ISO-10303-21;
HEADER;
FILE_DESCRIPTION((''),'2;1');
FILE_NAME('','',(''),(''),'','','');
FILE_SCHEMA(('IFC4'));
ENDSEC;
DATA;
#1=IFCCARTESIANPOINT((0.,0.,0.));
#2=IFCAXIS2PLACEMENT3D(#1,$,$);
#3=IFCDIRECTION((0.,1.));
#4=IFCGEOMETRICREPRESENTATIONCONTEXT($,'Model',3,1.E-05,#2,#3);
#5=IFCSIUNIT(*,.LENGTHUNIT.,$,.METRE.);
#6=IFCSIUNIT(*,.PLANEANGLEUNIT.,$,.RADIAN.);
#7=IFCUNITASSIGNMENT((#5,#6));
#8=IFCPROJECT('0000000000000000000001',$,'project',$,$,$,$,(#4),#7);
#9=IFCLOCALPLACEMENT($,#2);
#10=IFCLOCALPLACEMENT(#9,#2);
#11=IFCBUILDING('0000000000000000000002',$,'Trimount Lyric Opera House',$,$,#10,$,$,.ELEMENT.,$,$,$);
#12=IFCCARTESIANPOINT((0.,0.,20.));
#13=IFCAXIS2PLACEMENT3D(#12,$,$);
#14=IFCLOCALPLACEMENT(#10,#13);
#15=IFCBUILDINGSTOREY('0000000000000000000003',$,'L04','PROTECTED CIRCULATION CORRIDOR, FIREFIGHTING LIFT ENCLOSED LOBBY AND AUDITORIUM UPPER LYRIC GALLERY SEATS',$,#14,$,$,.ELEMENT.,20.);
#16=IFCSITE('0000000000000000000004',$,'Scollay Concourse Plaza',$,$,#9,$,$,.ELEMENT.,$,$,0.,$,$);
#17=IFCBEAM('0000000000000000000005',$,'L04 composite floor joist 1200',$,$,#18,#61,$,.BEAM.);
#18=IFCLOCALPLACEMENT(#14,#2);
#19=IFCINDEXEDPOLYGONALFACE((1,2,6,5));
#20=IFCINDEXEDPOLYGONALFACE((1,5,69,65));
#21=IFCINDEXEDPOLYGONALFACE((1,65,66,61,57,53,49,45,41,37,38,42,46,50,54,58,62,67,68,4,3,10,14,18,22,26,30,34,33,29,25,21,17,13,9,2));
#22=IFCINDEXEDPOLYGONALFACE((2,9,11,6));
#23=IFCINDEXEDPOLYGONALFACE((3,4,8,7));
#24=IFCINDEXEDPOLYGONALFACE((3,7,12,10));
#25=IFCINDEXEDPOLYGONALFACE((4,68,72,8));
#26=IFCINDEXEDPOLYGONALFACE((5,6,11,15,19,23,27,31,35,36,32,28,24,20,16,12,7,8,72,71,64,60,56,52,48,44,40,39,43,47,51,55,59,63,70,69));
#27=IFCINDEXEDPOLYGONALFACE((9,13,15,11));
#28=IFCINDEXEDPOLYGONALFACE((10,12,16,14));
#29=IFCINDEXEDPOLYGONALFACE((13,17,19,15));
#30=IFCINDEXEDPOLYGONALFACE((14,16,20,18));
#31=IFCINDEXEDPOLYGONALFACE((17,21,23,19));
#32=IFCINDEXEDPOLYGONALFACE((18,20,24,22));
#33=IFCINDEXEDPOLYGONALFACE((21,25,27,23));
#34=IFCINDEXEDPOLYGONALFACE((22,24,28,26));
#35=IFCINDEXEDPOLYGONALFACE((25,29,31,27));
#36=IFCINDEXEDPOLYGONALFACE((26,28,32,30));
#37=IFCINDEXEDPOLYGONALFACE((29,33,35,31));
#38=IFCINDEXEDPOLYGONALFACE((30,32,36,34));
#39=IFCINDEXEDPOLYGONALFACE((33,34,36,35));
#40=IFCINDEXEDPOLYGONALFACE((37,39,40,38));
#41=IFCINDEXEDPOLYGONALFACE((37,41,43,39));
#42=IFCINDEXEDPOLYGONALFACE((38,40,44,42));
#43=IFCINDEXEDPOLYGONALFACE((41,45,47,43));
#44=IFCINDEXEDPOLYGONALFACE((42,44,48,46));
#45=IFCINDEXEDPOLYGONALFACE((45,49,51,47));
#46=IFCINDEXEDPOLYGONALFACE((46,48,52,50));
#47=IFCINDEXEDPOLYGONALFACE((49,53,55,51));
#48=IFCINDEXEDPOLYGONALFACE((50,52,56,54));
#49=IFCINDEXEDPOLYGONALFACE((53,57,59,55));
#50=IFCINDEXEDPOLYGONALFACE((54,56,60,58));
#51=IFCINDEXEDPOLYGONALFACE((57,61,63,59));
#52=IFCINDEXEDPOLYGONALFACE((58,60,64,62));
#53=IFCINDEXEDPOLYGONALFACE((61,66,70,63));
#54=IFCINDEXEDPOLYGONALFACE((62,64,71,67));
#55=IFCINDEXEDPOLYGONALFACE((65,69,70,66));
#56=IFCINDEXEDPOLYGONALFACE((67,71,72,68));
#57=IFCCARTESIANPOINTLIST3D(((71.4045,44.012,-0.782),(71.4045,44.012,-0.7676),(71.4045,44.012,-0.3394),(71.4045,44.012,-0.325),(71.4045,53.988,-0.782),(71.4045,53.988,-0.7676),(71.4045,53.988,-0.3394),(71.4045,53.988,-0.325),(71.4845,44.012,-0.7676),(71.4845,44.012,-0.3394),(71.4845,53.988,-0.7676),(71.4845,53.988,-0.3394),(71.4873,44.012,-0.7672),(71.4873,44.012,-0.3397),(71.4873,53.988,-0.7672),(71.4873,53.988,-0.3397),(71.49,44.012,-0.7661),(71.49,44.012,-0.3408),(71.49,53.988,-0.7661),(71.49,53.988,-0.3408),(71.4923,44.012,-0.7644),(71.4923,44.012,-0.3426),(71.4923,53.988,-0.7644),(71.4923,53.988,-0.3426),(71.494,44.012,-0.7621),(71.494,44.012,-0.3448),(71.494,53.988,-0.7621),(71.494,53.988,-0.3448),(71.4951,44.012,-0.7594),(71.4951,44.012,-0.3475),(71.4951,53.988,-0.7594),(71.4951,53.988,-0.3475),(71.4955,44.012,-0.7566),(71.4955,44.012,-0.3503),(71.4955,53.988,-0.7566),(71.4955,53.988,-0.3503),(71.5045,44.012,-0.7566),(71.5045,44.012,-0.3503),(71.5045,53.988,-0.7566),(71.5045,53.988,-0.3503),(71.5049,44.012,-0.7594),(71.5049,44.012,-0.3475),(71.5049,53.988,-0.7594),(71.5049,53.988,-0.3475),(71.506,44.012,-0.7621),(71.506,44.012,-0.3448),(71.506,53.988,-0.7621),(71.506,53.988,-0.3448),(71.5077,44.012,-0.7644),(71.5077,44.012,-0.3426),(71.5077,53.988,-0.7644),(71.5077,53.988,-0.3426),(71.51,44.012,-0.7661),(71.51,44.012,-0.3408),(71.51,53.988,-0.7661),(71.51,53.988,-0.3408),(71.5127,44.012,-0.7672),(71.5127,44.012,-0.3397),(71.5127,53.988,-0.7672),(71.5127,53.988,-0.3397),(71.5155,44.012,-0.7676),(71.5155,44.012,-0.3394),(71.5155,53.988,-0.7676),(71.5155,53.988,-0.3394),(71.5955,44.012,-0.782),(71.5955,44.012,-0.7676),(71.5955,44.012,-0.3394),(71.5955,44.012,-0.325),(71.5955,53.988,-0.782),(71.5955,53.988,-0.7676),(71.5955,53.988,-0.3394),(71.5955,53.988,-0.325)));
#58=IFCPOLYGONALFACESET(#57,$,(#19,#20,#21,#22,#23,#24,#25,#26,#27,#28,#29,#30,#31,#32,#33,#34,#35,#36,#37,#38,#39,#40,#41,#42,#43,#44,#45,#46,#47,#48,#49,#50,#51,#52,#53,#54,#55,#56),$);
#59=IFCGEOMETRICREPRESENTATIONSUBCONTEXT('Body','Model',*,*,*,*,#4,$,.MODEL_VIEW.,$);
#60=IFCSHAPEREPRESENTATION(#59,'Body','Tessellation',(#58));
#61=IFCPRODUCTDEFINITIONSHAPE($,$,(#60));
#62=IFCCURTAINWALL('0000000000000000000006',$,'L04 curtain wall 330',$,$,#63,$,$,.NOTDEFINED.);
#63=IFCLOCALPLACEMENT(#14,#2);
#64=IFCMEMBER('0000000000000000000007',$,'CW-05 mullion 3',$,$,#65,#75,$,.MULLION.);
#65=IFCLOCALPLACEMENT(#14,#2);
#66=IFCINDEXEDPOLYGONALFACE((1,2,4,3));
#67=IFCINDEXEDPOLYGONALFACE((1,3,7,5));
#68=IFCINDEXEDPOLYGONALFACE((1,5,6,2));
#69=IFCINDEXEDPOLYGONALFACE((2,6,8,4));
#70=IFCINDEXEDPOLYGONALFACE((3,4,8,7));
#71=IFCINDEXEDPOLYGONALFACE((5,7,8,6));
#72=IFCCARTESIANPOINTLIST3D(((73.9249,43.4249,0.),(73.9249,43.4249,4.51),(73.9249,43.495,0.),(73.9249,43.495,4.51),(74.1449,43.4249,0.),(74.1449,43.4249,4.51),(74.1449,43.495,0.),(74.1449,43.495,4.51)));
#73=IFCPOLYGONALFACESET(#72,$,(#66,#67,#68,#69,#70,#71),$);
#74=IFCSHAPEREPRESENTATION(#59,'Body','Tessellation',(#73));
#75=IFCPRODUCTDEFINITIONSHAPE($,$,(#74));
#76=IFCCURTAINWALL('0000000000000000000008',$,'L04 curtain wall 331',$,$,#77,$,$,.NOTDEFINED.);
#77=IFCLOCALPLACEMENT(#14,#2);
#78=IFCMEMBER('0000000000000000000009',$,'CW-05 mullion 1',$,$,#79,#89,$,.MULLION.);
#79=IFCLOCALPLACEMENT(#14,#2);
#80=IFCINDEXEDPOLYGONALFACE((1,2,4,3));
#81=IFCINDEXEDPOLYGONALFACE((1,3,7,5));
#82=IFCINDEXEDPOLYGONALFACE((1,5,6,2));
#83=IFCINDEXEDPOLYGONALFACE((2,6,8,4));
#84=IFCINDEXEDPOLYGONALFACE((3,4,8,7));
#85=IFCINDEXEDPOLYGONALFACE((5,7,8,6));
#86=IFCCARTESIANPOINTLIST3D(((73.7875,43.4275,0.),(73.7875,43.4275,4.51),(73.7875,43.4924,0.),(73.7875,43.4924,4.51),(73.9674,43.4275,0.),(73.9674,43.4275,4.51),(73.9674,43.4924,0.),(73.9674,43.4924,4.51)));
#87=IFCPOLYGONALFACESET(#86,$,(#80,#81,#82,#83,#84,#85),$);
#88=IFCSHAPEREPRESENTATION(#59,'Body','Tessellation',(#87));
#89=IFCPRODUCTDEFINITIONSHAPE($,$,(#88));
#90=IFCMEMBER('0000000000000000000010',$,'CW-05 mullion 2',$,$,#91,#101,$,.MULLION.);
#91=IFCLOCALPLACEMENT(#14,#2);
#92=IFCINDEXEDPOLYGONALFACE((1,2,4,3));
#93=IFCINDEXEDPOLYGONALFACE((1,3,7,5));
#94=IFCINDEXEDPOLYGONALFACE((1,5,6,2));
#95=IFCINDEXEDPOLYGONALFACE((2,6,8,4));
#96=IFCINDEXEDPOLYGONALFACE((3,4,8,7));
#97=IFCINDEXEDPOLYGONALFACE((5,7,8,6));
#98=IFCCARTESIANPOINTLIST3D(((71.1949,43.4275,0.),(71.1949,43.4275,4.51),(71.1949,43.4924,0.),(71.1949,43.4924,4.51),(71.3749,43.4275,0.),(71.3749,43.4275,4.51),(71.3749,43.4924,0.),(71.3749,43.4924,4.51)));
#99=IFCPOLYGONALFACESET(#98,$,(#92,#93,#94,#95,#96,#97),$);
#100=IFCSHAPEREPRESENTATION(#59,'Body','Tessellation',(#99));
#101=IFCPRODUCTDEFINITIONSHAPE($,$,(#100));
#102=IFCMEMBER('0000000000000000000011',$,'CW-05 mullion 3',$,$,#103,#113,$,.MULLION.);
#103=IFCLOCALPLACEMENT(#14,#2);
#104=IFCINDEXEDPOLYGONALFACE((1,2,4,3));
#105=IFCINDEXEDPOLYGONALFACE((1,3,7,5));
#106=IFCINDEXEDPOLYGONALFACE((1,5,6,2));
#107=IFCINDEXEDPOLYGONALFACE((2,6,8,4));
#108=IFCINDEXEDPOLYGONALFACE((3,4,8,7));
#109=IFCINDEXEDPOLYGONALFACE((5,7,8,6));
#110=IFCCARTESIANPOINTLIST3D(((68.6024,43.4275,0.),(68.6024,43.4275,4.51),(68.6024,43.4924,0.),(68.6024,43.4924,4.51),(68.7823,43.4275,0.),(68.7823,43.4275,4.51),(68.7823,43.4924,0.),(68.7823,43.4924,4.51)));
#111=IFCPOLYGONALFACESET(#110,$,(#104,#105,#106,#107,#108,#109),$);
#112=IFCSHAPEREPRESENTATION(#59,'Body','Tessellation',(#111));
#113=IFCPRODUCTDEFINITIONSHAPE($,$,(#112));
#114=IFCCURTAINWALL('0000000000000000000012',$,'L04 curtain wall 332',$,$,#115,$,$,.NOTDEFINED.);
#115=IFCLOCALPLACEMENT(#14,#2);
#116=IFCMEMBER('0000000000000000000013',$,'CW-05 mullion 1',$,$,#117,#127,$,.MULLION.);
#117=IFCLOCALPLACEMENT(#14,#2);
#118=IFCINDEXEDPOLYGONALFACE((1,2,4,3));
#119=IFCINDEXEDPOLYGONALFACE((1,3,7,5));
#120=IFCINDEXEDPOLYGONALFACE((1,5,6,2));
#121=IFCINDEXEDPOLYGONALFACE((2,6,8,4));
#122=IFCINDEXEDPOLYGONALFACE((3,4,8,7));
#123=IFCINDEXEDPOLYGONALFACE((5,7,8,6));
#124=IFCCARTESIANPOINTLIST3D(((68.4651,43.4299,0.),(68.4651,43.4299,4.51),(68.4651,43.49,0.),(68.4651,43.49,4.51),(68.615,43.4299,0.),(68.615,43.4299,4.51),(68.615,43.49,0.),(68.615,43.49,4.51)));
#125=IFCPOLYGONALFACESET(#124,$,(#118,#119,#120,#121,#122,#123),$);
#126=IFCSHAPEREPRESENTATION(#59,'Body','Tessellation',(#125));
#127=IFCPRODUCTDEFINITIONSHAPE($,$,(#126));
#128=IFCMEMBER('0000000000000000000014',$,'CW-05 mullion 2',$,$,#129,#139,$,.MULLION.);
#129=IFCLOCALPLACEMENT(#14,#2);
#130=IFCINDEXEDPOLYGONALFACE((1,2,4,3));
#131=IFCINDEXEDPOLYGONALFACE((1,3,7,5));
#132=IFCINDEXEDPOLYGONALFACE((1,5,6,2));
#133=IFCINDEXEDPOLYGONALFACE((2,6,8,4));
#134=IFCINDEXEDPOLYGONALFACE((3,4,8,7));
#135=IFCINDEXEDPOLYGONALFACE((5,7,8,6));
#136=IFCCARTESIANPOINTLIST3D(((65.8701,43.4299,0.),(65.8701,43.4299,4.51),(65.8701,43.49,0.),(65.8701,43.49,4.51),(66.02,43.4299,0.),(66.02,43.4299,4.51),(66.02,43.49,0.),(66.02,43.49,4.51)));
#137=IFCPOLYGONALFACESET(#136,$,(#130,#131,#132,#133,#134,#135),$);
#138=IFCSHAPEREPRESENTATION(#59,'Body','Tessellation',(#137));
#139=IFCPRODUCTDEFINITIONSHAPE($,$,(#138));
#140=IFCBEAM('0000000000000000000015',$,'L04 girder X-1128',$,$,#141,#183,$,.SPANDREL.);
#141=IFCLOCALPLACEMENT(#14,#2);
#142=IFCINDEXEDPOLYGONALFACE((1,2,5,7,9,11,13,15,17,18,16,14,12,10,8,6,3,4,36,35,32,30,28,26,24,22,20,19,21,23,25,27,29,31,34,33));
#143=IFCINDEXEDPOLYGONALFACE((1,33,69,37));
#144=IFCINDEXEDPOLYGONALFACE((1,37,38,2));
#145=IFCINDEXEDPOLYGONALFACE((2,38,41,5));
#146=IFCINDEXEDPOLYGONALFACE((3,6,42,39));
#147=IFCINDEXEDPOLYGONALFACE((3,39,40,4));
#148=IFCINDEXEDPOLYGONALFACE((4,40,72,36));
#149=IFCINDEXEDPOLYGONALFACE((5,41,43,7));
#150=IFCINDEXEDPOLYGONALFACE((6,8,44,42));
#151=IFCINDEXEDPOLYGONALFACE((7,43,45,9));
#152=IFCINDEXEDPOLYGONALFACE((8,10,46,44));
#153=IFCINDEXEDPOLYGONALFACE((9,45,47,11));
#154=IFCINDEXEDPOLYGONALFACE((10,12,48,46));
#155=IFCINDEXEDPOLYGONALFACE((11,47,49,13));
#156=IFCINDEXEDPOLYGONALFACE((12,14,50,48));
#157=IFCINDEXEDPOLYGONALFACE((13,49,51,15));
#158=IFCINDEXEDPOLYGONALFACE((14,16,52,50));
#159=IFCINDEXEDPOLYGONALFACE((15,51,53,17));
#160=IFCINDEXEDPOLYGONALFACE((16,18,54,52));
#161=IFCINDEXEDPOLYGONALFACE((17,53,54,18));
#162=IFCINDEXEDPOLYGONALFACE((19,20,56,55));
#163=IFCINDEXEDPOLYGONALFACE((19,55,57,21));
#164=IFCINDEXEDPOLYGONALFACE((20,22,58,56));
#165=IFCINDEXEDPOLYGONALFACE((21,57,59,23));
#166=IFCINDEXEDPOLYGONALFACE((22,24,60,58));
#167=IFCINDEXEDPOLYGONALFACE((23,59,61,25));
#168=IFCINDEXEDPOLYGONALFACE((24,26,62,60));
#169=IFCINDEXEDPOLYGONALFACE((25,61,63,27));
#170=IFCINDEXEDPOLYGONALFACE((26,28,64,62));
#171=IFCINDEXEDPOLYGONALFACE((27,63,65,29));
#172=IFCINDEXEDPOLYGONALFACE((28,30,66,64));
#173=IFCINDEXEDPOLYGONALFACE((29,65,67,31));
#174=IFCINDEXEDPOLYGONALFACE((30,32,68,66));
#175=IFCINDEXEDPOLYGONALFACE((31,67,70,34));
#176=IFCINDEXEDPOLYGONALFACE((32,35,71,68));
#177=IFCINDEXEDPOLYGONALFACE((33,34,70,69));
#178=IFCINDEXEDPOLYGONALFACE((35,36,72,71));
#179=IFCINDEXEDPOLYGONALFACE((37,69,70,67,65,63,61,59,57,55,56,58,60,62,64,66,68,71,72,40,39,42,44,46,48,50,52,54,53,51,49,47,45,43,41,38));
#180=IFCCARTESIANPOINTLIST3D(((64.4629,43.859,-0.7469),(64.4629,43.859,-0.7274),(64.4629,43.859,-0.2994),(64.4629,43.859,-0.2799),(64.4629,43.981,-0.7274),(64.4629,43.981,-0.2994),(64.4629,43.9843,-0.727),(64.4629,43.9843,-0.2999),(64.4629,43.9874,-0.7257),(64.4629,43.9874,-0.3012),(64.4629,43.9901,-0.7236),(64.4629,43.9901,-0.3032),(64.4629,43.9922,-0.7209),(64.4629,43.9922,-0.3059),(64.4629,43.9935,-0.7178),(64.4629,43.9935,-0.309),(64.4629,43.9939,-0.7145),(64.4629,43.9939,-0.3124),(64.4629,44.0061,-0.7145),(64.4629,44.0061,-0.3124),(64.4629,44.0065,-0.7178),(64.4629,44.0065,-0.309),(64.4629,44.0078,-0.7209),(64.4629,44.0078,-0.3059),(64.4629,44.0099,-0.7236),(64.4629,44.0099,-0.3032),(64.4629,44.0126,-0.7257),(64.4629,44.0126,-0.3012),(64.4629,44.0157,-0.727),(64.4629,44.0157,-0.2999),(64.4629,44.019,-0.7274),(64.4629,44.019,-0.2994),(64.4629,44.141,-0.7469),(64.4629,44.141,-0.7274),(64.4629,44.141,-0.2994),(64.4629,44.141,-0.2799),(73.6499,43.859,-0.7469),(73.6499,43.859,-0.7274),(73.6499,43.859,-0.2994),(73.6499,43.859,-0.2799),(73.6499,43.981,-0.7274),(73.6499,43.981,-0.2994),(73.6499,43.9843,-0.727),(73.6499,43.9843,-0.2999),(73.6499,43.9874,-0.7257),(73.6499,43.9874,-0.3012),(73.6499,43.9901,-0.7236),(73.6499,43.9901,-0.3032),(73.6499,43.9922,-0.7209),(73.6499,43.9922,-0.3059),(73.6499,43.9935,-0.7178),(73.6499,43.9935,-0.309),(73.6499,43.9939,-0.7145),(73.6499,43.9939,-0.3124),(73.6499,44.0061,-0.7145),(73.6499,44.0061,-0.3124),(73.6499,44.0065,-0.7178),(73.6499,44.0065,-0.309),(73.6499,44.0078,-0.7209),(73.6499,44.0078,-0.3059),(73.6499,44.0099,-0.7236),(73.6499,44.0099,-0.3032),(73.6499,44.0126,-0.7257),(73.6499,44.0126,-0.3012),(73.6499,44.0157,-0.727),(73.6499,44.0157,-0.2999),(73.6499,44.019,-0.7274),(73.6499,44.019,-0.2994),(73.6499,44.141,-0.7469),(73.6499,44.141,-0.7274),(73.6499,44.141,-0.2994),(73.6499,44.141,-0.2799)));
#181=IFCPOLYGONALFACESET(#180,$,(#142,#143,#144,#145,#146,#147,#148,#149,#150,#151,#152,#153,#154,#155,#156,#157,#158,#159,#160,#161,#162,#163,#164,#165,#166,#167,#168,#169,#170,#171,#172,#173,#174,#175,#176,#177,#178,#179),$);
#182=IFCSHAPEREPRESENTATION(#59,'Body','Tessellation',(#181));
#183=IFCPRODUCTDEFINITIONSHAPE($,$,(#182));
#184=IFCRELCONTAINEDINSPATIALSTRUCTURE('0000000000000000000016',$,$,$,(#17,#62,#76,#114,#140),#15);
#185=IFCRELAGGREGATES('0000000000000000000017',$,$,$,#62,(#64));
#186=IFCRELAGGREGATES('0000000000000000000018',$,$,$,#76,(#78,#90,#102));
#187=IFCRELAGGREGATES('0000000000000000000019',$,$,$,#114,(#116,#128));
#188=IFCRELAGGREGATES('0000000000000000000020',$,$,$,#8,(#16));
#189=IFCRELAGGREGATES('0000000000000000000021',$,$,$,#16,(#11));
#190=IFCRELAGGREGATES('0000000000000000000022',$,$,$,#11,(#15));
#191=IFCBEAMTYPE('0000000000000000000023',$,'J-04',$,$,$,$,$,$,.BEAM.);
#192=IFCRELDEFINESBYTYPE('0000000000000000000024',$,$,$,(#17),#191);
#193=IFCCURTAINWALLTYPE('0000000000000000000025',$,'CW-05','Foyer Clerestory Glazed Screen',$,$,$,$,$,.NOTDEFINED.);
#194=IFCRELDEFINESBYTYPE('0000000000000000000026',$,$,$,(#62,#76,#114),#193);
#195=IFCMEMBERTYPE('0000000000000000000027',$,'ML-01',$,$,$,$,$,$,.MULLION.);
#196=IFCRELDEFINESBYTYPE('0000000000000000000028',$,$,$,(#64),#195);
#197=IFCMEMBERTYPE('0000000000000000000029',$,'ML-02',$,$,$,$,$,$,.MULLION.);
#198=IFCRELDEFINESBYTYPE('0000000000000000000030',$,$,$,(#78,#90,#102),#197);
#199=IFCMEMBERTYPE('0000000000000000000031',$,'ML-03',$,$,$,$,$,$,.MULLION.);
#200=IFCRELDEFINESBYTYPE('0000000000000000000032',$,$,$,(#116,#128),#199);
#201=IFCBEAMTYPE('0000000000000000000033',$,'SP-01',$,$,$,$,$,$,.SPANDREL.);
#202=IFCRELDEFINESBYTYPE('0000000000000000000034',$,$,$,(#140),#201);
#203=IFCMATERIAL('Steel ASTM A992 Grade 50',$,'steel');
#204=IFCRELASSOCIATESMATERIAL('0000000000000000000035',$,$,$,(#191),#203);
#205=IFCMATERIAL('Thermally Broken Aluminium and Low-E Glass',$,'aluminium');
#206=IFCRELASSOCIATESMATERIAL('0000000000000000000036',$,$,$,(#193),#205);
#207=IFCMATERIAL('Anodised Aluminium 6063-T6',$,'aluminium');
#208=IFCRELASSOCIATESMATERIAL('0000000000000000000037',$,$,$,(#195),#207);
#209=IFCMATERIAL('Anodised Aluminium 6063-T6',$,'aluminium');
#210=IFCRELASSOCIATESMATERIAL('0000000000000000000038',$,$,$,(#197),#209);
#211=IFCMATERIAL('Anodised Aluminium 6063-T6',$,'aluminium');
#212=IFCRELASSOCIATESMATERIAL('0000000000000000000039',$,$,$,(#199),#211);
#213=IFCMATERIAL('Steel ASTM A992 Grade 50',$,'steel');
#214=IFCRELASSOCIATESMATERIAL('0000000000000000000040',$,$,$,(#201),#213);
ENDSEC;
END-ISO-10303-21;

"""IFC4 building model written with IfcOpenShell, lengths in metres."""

from ifc_helpers import new_model, si_unit, direction, frame, origin, origin_2d, place, context, subcontext, project, spatial, rectangle, i_section, extrude, material, material_profile, profile_set, type_object, element, aggregate, save


model = new_model("IFC4")

# Units and contexts
model_context = context("Model", 3, precision=1e-05, world=origin(), true_north=direction((0.0, 1.0)))
body_context = subcontext(model_context, "Body", "Model", "MODEL_VIEW")
ifc_project = project(units=[si_unit("LENGTHUNIT", "METRE"), si_unit("PLANEANGLEUNIT", "RADIAN")], contexts=[model_context])

# Site, building, storey
site_placement = place(None, origin())
site = spatial("IfcSite", under=ifc_project, at=site_placement, Name="Scollay Concourse Plaza", CompositionType="ELEMENT", RefElevation=0.0)
building_placement = place(site_placement, origin())
building = spatial("IfcBuilding", under=site, at=building_placement, Name="Trimount Lyric Opera House", CompositionType="ELEMENT")
storey_placement = place(building_placement, frame((0.0, 0.0, 20.0)))
storey = spatial("IfcBuildingStorey", under=building, at=storey_placement, Name="L04", Description="PROTECTED CIRCULATION CORRIDOR, FIREFIGHTING LIFT ENCLOSED LOBBY AND AUDITORIUM UPPER LYRIC GALLERY SEATS", CompositionType="ELEMENT", Elevation=20.0)

# Beam
ifc_material_1 = material(Name="Steel ASTM A992 Grade 50", Category="steel")
ifc_material_profile_1 = material_profile(ifc_material_1, i_section(OverallWidth=0.1909, OverallDepth=0.457, WebThickness=0.009, FlangeThickness=0.0144, FilletRadius=0.011, at=origin_2d()), Name="W18X50")
ifc_profile_set_1 = profile_set([ifc_material_profile_1], Name="Steel ASTM A992 Grade 50")
beam_type_1 = type_object("IfcBeamType", Name="J-04", PredefinedType="BEAM", material=ifc_profile_set_1)
beam_1_placement = place(storey_placement, frame((71.5, 44.012, -0.5535), z_axis=(0.0, 1.0, 0.0), x_axis=(-1.0, 0.0, 0.0)))
element("IfcBeam", 1, at=beam_1_placement, inside=storey, type_object=beam_type_1, Name="L04 composite floor joist 1200", PredefinedType="BEAM", context=body_context, shape_type="SweptSolid", body=[
    extrude(i_section(OverallWidth=0.1909, OverallDepth=0.457, WebThickness=0.009, FlangeThickness=0.0144, FilletRadius=0.011, at=origin_2d()), origin(), (0.0, 0.0, 1.0), 9.9761),
])

# Curtain wall, member
ifc_material_2 = material(Name="Thermally Broken Aluminium and Low-E Glass", Category="aluminium")
curtain_wall_type = type_object("IfcCurtainWallType", Name="CW-05", Description="Foyer Clerestory Glazed Screen", PredefinedType="NOTDEFINED", material=ifc_material_2)
curtain_wall_1_placement = place(storey_placement, origin())
curtain_wall_1 = element("IfcCurtainWall", 2, at=curtain_wall_1_placement, inside=storey, type_object=curtain_wall_type, Name="L04 curtain wall 330", PredefinedType="NOTDEFINED")
ifc_material_3 = material(Name="Anodised Aluminium 6063-T6", Category="aluminium")
ifc_material_profile_2 = material_profile(ifc_material_3, rectangle(XDim=0.0701, YDim=0.22, at=origin_2d()), Name="ALU-MULL-70X220")
ifc_profile_set_2 = profile_set([ifc_material_profile_2], Name="Anodised Aluminium 6063-T6")
member_type_1 = type_object("IfcMemberType", Name="ML-01", PredefinedType="MULLION", material=ifc_profile_set_2)
member_1_placement = place(storey_placement, frame((74.0349, 43.46, 0.0), z_axis=(0.0, 0.0, 1.0), x_axis=(0.0, -1.0, 0.0)))
member_1 = element("IfcMember", 3, at=member_1_placement, type_object=member_type_1, Name="CW-05 mullion 3", PredefinedType="MULLION", context=body_context, shape_type="SweptSolid", body=[
    extrude(rectangle(XDim=0.0701, YDim=0.22, at=origin_2d()), origin(), (0.0, 0.0, 1.0), 4.51),
])
aggregate(curtain_wall_1, [member_1])

# Curtain walls, members
curtain_wall_2_placement = place(storey_placement, origin())
curtain_wall_2 = element("IfcCurtainWall", 4, at=curtain_wall_2_placement, inside=storey, type_object=curtain_wall_type, Name="L04 curtain wall 331", PredefinedType="NOTDEFINED")
ifc_material_4 = material(Name="Anodised Aluminium 6063-T6", Category="aluminium")
ifc_material_profile_3 = material_profile(ifc_material_4, rectangle(XDim=0.0649, YDim=0.1799, at=origin_2d()), Name="ALU-MULL-65X180")
ifc_profile_set_3 = profile_set([ifc_material_profile_3], Name="Anodised Aluminium 6063-T6")
member_type_2 = type_object("IfcMemberType", Name="ML-02", PredefinedType="MULLION", material=ifc_profile_set_3)
member_2_placement = place(storey_placement, frame((73.8774, 43.46, 0.0), z_axis=(0.0, 0.0, 1.0), x_axis=(0.0, -1.0, 0.0)))
member_2 = element("IfcMember", 5, at=member_2_placement, type_object=member_type_2, Name="CW-05 mullion 1", PredefinedType="MULLION", context=body_context, shape_type="SweptSolid", body=[
    extrude(rectangle(XDim=0.0649, YDim=0.1799, at=origin_2d()), origin(), (0.0, 0.0, 1.0), 4.51),
])
member_3_placement = place(storey_placement, frame((71.2849, 43.46, 0.0), z_axis=(0.0, 0.0, 1.0), x_axis=(0.0, -1.0, 0.0)))
member_3 = element("IfcMember", 6, at=member_3_placement, type_object=member_type_2, Name="CW-05 mullion 2", PredefinedType="MULLION", context=body_context, shape_type="SweptSolid", body=[
    extrude(rectangle(XDim=0.0649, YDim=0.1799, at=origin_2d()), origin(), (0.0, 0.0, 1.0), 4.51),
])
member_4_placement = place(storey_placement, frame((68.6924, 43.46, 0.0), z_axis=(0.0, 0.0, 1.0), x_axis=(0.0, -1.0, 0.0)))
member_4 = element("IfcMember", 7, at=member_4_placement, type_object=member_type_2, Name="CW-05 mullion 3", PredefinedType="MULLION", context=body_context, shape_type="SweptSolid", body=[
    extrude(rectangle(XDim=0.0649, YDim=0.1799, at=origin_2d()), origin(), (0.0, 0.0, 1.0), 4.51),
])
curtain_wall_3_placement = place(storey_placement, origin())
curtain_wall_3 = element("IfcCurtainWall", 8, at=curtain_wall_3_placement, inside=storey, type_object=curtain_wall_type, Name="L04 curtain wall 332", PredefinedType="NOTDEFINED")
ifc_material_5 = material(Name="Anodised Aluminium 6063-T6", Category="aluminium")
ifc_material_profile_4 = material_profile(ifc_material_5, rectangle(XDim=0.0601, YDim=0.1499, at=origin_2d()), Name="ALU-MULL-60X150")
ifc_profile_set_4 = profile_set([ifc_material_profile_4], Name="Anodised Aluminium 6063-T6")
member_type_3 = type_object("IfcMemberType", Name="ML-03", PredefinedType="MULLION", material=ifc_profile_set_4)
member_5_placement = place(storey_placement, frame((68.54, 43.46, 0.0), z_axis=(0.0, 0.0, 1.0), x_axis=(0.0, -1.0, 0.0)))
member_5 = element("IfcMember", 9, at=member_5_placement, type_object=member_type_3, Name="CW-05 mullion 1", PredefinedType="MULLION", context=body_context, shape_type="SweptSolid", body=[
    extrude(rectangle(XDim=0.0601, YDim=0.1499, at=origin_2d()), origin(), (0.0, 0.0, 1.0), 4.51),
])
member_6_placement = place(storey_placement, frame((65.9451, 43.46, 0.0), z_axis=(0.0, 0.0, 1.0), x_axis=(0.0, -1.0, 0.0)))
member_6 = element("IfcMember", 10, at=member_6_placement, type_object=member_type_3, Name="CW-05 mullion 2", PredefinedType="MULLION", context=body_context, shape_type="SweptSolid", body=[
    extrude(rectangle(XDim=0.0601, YDim=0.1499, at=origin_2d()), origin(), (0.0, 0.0, 1.0), 4.51),
])

# Beam
ifc_material_6 = material(Name="Steel ASTM A992 Grade 50", Category="steel")
ifc_material_profile_5 = material_profile(ifc_material_6, i_section(OverallWidth=0.282, OverallDepth=0.467, WebThickness=0.0122, FlangeThickness=0.0195, FilletRadius=0.0129, at=origin_2d()), Name="W18X86")
ifc_profile_set_5 = profile_set([ifc_material_profile_5], Name="Steel ASTM A992 Grade 50")
beam_type_2 = type_object("IfcBeamType", Name="SP-01", PredefinedType="SPANDREL", material=ifc_profile_set_5)
beam_2_placement = place(storey_placement, frame((64.4629, 44.0, -0.5134), z_axis=(1.0, 0.0, 0.0), x_axis=(0.0, 1.0, 0.0)))
element("IfcBeam", 11, at=beam_2_placement, inside=storey, type_object=beam_type_2, Name="L04 girder X-1128", PredefinedType="SPANDREL", context=body_context, shape_type="SweptSolid", body=[
    extrude(i_section(OverallWidth=0.282, OverallDepth=0.467, WebThickness=0.0122, FlangeThickness=0.0195, FilletRadius=0.0129, at=origin_2d()), origin(), (0.0, 0.0, 1.0), 9.187),
])

aggregate(curtain_wall_2, [member_2, member_3, member_4])
aggregate(curtain_wall_3, [member_5, member_6])

save(model, "model.ifc")
